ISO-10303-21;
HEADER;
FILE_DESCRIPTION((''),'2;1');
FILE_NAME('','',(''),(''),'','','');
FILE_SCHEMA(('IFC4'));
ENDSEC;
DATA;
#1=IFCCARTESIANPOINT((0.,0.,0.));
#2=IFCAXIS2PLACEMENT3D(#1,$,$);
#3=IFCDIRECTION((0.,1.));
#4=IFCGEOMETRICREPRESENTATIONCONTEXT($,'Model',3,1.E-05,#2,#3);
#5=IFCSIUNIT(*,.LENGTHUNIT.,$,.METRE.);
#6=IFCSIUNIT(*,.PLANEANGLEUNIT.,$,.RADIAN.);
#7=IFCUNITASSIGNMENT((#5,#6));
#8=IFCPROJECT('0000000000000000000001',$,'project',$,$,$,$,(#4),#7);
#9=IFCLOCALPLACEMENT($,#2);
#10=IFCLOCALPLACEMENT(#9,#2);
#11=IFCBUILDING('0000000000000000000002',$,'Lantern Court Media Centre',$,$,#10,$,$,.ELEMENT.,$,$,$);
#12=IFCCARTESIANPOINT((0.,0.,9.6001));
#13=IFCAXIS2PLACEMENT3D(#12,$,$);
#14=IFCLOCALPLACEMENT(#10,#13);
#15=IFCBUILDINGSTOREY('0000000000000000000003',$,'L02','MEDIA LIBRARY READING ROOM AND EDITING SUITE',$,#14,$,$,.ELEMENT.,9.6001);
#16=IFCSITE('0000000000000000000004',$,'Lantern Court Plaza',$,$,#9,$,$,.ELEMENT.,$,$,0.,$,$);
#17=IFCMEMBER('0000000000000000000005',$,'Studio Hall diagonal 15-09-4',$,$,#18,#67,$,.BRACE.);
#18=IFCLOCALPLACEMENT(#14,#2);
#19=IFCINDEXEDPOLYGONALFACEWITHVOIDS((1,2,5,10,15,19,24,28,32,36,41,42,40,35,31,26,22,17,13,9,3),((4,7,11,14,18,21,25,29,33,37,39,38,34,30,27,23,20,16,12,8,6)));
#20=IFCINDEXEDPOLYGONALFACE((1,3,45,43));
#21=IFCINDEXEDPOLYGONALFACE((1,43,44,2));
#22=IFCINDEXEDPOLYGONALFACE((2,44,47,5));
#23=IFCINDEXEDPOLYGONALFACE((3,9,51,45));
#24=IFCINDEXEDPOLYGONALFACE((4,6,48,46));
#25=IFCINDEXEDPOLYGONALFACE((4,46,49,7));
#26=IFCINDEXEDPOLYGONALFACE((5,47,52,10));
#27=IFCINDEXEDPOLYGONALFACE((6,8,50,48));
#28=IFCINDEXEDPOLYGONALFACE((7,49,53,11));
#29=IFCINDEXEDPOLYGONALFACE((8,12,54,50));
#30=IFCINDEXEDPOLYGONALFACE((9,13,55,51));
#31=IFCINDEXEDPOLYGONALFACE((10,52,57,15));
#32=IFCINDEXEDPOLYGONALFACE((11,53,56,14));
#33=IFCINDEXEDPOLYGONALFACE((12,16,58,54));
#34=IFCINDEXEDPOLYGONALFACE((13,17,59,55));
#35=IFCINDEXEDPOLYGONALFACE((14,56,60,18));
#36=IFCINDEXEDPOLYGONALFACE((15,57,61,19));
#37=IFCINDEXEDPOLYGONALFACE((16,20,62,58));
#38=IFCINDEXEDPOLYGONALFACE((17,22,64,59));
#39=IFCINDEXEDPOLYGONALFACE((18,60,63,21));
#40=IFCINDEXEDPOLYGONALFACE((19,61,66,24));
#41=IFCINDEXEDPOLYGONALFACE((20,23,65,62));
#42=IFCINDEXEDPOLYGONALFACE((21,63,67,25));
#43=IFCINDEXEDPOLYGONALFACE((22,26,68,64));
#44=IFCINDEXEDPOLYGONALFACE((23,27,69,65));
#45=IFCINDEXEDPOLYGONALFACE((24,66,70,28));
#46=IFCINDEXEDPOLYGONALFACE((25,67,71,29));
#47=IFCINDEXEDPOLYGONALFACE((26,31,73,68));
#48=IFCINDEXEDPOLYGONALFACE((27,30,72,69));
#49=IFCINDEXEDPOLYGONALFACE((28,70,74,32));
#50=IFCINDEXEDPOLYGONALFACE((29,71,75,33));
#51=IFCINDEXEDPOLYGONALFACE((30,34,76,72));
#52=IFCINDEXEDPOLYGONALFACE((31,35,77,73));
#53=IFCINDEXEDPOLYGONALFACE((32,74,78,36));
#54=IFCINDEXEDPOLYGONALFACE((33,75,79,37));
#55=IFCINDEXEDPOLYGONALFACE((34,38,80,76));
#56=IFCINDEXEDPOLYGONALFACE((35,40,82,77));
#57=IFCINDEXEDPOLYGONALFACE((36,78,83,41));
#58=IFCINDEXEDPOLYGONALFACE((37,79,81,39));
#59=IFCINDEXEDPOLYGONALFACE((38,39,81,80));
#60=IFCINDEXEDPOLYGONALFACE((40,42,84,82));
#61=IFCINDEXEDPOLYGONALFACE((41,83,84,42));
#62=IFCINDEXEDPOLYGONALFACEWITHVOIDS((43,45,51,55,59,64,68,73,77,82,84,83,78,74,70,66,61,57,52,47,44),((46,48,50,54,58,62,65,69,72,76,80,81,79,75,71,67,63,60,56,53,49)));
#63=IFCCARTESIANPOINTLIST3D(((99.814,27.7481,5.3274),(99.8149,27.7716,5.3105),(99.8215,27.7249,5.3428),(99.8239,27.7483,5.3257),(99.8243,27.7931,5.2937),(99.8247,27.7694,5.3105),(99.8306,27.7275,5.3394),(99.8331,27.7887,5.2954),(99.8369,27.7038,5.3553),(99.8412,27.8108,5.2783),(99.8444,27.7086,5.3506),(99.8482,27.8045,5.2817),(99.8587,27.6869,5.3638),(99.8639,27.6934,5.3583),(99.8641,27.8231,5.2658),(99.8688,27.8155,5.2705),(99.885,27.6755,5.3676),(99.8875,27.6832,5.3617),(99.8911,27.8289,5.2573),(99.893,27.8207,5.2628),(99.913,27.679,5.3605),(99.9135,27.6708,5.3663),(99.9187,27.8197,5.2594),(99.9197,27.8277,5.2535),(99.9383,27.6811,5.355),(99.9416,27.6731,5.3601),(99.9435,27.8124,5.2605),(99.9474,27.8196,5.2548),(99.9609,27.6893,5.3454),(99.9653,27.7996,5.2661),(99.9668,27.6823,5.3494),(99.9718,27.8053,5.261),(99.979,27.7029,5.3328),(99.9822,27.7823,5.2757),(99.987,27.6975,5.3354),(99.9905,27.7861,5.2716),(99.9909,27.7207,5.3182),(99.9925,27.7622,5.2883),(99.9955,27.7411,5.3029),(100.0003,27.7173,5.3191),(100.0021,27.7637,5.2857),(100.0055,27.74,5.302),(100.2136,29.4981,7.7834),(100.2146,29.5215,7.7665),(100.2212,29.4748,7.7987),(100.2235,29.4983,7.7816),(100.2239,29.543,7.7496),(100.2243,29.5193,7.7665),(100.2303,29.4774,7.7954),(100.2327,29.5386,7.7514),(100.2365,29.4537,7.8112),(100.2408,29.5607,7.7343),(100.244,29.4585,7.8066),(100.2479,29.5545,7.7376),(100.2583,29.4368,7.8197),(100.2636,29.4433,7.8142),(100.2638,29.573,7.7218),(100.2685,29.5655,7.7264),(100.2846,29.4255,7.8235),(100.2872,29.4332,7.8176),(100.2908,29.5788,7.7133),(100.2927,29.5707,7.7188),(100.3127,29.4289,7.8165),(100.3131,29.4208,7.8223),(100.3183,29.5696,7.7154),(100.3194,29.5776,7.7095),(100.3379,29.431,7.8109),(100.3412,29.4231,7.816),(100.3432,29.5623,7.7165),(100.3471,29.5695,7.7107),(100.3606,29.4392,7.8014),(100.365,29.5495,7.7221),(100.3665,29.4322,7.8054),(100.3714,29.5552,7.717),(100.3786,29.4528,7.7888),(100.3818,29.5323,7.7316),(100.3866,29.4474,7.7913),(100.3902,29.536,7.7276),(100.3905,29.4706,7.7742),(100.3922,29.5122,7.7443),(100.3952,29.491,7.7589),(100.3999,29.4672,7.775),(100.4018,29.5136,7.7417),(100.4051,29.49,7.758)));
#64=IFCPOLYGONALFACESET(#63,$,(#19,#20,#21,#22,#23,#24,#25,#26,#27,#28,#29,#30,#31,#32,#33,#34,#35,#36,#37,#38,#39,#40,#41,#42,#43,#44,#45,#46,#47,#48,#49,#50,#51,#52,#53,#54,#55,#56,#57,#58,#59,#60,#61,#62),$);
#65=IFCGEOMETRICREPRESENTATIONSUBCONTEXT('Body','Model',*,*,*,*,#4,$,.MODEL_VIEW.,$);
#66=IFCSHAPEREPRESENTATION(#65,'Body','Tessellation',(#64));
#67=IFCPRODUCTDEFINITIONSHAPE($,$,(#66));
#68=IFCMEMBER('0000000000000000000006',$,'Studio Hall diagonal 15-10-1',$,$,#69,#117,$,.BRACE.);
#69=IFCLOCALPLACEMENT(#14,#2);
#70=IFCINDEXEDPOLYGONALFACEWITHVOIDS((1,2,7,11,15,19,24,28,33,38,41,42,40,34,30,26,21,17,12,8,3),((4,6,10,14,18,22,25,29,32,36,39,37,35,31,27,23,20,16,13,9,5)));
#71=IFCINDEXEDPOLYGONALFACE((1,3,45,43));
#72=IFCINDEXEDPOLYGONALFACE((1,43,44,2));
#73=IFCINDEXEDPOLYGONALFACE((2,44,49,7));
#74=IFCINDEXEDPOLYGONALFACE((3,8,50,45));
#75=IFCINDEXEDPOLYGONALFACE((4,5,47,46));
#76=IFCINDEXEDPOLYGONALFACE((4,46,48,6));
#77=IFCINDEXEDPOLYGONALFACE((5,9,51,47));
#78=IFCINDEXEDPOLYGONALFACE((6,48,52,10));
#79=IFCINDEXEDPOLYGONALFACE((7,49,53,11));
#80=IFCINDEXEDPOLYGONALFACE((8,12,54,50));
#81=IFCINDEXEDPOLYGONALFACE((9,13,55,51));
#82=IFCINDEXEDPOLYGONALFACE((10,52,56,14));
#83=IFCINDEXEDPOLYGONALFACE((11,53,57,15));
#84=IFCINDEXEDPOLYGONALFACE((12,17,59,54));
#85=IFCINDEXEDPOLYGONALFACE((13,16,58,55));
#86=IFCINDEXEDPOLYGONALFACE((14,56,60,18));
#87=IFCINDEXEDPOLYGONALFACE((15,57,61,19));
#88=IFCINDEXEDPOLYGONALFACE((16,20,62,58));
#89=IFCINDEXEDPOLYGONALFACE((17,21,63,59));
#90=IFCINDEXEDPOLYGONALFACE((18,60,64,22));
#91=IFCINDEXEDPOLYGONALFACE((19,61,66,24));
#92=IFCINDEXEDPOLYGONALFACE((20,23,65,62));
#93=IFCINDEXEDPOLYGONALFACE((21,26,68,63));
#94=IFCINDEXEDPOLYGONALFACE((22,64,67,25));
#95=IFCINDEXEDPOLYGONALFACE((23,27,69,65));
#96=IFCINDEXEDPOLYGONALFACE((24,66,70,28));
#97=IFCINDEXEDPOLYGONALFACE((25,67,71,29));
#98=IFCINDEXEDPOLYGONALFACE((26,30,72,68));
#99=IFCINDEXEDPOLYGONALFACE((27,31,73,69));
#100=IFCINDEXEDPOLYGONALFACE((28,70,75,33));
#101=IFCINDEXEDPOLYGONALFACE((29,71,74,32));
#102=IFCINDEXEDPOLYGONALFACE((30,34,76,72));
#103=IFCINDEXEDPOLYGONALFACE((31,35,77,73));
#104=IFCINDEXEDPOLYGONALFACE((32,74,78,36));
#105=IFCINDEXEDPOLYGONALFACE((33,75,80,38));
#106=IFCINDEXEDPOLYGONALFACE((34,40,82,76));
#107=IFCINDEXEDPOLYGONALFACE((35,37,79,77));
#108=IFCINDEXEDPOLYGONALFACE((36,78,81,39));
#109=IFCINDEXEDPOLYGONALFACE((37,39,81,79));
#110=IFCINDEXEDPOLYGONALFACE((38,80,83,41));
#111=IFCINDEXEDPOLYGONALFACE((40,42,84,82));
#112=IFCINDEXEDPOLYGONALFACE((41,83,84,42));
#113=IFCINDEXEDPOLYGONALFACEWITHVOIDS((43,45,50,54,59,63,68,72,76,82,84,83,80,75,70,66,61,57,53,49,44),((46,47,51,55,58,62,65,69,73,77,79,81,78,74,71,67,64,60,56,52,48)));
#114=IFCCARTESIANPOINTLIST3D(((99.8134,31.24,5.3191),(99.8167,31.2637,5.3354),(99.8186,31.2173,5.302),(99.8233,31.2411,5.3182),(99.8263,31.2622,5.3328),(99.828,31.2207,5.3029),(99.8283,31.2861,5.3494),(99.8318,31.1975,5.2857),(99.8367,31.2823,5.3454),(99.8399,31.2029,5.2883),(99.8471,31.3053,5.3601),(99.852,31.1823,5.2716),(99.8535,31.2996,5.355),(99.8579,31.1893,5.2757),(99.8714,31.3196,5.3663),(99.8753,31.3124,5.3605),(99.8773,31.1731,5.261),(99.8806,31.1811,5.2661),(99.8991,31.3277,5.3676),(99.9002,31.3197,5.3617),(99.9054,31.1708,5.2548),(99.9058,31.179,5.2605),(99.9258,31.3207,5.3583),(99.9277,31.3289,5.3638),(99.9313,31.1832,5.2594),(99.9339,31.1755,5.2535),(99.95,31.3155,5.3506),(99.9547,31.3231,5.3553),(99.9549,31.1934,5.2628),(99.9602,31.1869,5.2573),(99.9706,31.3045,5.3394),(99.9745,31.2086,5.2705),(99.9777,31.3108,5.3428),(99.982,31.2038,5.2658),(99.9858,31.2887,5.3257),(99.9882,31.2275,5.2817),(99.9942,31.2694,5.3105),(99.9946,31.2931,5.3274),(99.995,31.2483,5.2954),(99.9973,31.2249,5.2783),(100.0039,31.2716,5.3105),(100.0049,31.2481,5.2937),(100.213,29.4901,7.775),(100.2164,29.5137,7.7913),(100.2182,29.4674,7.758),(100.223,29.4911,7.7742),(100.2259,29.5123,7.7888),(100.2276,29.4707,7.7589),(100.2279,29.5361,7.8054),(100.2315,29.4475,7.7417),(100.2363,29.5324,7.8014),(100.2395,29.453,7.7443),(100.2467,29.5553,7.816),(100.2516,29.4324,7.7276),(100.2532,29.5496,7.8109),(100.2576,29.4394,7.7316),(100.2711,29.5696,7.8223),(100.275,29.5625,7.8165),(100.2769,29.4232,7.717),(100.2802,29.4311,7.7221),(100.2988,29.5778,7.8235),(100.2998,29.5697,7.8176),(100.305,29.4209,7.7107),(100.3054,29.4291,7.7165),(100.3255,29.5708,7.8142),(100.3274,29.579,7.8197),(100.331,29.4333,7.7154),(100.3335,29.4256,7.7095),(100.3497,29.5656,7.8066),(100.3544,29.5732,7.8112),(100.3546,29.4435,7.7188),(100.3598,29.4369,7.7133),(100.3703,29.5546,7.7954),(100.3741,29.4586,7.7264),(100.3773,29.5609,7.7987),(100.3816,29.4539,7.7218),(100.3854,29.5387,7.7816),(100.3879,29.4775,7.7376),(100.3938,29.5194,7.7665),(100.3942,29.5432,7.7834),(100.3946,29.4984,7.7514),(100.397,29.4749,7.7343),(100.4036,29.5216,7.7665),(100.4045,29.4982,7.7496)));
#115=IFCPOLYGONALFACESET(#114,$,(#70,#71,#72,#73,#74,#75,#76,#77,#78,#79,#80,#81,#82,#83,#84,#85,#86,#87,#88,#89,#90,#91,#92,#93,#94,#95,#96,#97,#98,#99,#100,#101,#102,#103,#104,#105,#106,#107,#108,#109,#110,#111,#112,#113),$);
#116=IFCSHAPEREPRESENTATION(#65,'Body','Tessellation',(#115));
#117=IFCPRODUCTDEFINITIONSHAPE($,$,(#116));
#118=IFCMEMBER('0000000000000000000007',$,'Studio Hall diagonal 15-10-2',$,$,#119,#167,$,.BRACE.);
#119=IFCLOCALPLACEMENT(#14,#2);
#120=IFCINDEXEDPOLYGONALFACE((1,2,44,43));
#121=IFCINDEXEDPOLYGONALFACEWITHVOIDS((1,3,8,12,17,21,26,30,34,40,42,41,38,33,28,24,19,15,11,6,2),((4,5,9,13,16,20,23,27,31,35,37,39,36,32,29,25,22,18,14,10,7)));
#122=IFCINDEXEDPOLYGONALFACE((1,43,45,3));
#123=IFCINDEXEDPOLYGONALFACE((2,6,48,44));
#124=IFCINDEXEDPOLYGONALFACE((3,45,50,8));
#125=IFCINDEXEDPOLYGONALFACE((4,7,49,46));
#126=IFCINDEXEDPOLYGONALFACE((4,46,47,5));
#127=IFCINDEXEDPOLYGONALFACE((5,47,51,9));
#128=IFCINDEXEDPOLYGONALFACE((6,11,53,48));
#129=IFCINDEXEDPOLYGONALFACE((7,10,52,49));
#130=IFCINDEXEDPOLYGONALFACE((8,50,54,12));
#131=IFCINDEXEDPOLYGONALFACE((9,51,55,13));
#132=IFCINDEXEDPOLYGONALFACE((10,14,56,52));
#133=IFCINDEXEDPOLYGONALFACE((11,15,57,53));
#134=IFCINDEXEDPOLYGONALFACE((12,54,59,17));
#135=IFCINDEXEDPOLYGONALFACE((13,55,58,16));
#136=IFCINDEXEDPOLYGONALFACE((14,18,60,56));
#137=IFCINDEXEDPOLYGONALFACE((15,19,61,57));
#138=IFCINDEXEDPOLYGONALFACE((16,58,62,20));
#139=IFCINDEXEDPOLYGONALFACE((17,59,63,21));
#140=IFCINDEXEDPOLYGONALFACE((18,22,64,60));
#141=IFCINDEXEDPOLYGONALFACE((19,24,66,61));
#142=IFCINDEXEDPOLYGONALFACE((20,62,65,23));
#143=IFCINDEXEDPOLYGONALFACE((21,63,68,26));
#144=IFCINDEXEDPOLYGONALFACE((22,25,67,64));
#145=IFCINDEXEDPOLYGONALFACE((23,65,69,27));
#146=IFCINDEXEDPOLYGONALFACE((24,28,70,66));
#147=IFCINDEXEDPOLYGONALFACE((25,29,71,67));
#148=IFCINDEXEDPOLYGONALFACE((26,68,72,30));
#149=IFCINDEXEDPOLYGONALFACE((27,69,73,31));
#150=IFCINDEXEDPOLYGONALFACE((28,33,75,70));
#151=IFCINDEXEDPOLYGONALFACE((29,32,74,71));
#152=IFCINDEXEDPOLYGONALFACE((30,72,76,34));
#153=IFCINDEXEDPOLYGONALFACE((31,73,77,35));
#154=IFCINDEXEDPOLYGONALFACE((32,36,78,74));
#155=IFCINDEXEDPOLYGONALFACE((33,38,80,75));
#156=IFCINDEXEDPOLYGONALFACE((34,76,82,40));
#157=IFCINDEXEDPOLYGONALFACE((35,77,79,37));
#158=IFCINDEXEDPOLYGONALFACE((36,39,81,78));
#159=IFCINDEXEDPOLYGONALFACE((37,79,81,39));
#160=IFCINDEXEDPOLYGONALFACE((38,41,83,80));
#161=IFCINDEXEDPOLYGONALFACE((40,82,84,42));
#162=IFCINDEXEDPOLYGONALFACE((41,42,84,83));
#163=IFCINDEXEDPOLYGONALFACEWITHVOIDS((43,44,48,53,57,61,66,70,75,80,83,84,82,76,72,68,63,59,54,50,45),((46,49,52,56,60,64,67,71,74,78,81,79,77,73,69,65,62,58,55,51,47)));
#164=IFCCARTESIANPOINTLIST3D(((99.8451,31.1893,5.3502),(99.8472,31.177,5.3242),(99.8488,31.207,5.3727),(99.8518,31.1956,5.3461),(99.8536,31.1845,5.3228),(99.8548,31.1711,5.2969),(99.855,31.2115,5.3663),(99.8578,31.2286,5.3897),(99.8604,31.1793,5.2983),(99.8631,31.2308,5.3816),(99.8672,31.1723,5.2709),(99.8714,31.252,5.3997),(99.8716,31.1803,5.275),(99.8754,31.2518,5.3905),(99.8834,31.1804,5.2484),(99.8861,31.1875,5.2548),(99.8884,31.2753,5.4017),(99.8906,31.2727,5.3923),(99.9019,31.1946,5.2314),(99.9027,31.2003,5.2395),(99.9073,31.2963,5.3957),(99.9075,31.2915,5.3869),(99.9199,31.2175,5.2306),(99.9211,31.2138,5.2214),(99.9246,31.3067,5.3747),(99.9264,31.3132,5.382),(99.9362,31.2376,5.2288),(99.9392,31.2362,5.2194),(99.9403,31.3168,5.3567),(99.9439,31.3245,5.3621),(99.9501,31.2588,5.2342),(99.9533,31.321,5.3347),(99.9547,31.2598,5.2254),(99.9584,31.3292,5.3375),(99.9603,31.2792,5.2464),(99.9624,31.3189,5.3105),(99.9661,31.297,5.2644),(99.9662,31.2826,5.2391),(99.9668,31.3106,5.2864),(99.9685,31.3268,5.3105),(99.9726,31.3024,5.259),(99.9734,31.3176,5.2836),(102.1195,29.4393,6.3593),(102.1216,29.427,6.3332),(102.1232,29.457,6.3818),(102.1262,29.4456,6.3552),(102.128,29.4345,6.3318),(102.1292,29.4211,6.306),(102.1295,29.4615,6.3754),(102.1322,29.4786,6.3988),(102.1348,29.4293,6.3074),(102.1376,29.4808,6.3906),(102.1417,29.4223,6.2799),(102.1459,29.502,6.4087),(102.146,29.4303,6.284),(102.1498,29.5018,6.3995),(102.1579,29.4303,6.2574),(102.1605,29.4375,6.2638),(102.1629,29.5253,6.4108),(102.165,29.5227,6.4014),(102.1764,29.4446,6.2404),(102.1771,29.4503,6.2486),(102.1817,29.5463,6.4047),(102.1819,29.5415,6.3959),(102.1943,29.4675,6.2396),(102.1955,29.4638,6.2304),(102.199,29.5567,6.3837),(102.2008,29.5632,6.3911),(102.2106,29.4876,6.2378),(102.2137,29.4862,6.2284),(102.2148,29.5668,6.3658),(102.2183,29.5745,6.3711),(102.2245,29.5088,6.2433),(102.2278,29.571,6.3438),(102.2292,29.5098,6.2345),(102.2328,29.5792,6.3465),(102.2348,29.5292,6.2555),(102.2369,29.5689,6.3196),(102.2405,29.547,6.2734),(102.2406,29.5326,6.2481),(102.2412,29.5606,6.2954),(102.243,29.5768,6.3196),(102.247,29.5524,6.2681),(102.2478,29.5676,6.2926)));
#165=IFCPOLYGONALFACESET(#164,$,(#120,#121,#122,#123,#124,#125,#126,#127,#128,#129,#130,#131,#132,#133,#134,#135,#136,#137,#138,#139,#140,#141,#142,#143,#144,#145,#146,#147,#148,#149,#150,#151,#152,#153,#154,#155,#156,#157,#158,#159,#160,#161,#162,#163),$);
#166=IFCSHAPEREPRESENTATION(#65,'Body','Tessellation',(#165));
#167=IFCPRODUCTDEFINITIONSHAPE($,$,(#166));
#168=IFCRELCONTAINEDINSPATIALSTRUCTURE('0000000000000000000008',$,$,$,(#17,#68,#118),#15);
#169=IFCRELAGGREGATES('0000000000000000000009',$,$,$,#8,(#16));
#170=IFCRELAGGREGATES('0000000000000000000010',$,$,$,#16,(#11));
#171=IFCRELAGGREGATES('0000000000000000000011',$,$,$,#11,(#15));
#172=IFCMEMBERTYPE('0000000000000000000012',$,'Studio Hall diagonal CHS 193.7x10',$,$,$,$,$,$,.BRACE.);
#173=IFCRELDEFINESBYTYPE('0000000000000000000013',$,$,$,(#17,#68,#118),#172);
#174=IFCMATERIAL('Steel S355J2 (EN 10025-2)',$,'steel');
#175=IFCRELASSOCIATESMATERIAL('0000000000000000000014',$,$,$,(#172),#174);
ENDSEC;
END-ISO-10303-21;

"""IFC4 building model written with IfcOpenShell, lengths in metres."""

from ifc_helpers import new_model, si_unit, direction, frame, origin, origin_2d, place, context, subcontext, project, spatial, hollow_circle, extrude, material, material_profile, profile_set, type_object, element, save


model = new_model("IFC4")

# Units and contexts
model_context = context("Model", 3, precision=1e-05, world=origin(), true_north=direction((0.0, 1.0)))
body_context = subcontext(model_context, "Body", "Model", "MODEL_VIEW")
ifc_project = project(units=[si_unit("LENGTHUNIT", "METRE"), si_unit("PLANEANGLEUNIT", "RADIAN")], contexts=[model_context])

# Site, building, storey
site_placement = place(None, origin())
site = spatial("IfcSite", under=ifc_project, at=site_placement, Name="Lantern Court Plaza", CompositionType="ELEMENT", RefElevation=0.0)
building_placement = place(site_placement, origin())
building = spatial("IfcBuilding", under=site, at=building_placement, Name="Lantern Court Media Centre", CompositionType="ELEMENT")
storey_placement = place(building_placement, frame((0.0, 0.0, 9.6001)))
storey = spatial("IfcBuildingStorey", under=building, at=storey_placement, Name="L02", Description="MEDIA LIBRARY READING ROOM AND EDITING SUITE", CompositionType="ELEMENT", Elevation=9.6001)

# Members
ifc_material = material(Name="Steel S355J2 (EN 10025-2)", Category="steel")
ifc_material_profile_1 = material_profile(ifc_material, hollow_circle(Radius=0.0969, WallThickness=0.01, at=origin_2d()), Name="Studio Hall diagonal CHS 193.7x10")
ifc_profile_set_1 = profile_set([ifc_material_profile_1], Name="Steel S355J2 (EN 10025-2)")
member_type_1 = type_object("IfcMemberType", Name="Studio Hall diagonal CHS 193.7x10", PredefinedType="BRACE", material=ifc_profile_set_1)
for number, where, z_axis, x_axis, name in (
    (1, (99.9094, 27.75, 5.3105), (0.131375, 0.575259, 0.807352), (-0.9749, 0.222644, 0.0), "Studio Hall diagonal 15-09-4"),
    (2, (99.9094, 31.25, 5.3105), (0.131375, -0.575259, 0.807352), (0.9749, 0.222644, 0.0), "Studio Hall diagonal 15-10-1"),
    (3, (99.9094, 31.25, 5.3105), (0.747677, -0.575284, 0.331703), (0.609809, 0.792548, 0.0), "Studio Hall diagonal 15-10-2"),
):
    element("IfcMember", number, at=place(storey_placement, frame(where, z_axis=z_axis, x_axis=x_axis)), inside=storey, type_object=member_type_1, Name=name, PredefinedType="BRACE", context=body_context, shape_type="SweptSolid", body=[
        extrude(hollow_circle(Radius=0.0969, WallThickness=0.01, at=origin_2d()), origin(), (0.0, 0.0, 1.0), 3.042),
    ])

save(model, "model.ifc")
